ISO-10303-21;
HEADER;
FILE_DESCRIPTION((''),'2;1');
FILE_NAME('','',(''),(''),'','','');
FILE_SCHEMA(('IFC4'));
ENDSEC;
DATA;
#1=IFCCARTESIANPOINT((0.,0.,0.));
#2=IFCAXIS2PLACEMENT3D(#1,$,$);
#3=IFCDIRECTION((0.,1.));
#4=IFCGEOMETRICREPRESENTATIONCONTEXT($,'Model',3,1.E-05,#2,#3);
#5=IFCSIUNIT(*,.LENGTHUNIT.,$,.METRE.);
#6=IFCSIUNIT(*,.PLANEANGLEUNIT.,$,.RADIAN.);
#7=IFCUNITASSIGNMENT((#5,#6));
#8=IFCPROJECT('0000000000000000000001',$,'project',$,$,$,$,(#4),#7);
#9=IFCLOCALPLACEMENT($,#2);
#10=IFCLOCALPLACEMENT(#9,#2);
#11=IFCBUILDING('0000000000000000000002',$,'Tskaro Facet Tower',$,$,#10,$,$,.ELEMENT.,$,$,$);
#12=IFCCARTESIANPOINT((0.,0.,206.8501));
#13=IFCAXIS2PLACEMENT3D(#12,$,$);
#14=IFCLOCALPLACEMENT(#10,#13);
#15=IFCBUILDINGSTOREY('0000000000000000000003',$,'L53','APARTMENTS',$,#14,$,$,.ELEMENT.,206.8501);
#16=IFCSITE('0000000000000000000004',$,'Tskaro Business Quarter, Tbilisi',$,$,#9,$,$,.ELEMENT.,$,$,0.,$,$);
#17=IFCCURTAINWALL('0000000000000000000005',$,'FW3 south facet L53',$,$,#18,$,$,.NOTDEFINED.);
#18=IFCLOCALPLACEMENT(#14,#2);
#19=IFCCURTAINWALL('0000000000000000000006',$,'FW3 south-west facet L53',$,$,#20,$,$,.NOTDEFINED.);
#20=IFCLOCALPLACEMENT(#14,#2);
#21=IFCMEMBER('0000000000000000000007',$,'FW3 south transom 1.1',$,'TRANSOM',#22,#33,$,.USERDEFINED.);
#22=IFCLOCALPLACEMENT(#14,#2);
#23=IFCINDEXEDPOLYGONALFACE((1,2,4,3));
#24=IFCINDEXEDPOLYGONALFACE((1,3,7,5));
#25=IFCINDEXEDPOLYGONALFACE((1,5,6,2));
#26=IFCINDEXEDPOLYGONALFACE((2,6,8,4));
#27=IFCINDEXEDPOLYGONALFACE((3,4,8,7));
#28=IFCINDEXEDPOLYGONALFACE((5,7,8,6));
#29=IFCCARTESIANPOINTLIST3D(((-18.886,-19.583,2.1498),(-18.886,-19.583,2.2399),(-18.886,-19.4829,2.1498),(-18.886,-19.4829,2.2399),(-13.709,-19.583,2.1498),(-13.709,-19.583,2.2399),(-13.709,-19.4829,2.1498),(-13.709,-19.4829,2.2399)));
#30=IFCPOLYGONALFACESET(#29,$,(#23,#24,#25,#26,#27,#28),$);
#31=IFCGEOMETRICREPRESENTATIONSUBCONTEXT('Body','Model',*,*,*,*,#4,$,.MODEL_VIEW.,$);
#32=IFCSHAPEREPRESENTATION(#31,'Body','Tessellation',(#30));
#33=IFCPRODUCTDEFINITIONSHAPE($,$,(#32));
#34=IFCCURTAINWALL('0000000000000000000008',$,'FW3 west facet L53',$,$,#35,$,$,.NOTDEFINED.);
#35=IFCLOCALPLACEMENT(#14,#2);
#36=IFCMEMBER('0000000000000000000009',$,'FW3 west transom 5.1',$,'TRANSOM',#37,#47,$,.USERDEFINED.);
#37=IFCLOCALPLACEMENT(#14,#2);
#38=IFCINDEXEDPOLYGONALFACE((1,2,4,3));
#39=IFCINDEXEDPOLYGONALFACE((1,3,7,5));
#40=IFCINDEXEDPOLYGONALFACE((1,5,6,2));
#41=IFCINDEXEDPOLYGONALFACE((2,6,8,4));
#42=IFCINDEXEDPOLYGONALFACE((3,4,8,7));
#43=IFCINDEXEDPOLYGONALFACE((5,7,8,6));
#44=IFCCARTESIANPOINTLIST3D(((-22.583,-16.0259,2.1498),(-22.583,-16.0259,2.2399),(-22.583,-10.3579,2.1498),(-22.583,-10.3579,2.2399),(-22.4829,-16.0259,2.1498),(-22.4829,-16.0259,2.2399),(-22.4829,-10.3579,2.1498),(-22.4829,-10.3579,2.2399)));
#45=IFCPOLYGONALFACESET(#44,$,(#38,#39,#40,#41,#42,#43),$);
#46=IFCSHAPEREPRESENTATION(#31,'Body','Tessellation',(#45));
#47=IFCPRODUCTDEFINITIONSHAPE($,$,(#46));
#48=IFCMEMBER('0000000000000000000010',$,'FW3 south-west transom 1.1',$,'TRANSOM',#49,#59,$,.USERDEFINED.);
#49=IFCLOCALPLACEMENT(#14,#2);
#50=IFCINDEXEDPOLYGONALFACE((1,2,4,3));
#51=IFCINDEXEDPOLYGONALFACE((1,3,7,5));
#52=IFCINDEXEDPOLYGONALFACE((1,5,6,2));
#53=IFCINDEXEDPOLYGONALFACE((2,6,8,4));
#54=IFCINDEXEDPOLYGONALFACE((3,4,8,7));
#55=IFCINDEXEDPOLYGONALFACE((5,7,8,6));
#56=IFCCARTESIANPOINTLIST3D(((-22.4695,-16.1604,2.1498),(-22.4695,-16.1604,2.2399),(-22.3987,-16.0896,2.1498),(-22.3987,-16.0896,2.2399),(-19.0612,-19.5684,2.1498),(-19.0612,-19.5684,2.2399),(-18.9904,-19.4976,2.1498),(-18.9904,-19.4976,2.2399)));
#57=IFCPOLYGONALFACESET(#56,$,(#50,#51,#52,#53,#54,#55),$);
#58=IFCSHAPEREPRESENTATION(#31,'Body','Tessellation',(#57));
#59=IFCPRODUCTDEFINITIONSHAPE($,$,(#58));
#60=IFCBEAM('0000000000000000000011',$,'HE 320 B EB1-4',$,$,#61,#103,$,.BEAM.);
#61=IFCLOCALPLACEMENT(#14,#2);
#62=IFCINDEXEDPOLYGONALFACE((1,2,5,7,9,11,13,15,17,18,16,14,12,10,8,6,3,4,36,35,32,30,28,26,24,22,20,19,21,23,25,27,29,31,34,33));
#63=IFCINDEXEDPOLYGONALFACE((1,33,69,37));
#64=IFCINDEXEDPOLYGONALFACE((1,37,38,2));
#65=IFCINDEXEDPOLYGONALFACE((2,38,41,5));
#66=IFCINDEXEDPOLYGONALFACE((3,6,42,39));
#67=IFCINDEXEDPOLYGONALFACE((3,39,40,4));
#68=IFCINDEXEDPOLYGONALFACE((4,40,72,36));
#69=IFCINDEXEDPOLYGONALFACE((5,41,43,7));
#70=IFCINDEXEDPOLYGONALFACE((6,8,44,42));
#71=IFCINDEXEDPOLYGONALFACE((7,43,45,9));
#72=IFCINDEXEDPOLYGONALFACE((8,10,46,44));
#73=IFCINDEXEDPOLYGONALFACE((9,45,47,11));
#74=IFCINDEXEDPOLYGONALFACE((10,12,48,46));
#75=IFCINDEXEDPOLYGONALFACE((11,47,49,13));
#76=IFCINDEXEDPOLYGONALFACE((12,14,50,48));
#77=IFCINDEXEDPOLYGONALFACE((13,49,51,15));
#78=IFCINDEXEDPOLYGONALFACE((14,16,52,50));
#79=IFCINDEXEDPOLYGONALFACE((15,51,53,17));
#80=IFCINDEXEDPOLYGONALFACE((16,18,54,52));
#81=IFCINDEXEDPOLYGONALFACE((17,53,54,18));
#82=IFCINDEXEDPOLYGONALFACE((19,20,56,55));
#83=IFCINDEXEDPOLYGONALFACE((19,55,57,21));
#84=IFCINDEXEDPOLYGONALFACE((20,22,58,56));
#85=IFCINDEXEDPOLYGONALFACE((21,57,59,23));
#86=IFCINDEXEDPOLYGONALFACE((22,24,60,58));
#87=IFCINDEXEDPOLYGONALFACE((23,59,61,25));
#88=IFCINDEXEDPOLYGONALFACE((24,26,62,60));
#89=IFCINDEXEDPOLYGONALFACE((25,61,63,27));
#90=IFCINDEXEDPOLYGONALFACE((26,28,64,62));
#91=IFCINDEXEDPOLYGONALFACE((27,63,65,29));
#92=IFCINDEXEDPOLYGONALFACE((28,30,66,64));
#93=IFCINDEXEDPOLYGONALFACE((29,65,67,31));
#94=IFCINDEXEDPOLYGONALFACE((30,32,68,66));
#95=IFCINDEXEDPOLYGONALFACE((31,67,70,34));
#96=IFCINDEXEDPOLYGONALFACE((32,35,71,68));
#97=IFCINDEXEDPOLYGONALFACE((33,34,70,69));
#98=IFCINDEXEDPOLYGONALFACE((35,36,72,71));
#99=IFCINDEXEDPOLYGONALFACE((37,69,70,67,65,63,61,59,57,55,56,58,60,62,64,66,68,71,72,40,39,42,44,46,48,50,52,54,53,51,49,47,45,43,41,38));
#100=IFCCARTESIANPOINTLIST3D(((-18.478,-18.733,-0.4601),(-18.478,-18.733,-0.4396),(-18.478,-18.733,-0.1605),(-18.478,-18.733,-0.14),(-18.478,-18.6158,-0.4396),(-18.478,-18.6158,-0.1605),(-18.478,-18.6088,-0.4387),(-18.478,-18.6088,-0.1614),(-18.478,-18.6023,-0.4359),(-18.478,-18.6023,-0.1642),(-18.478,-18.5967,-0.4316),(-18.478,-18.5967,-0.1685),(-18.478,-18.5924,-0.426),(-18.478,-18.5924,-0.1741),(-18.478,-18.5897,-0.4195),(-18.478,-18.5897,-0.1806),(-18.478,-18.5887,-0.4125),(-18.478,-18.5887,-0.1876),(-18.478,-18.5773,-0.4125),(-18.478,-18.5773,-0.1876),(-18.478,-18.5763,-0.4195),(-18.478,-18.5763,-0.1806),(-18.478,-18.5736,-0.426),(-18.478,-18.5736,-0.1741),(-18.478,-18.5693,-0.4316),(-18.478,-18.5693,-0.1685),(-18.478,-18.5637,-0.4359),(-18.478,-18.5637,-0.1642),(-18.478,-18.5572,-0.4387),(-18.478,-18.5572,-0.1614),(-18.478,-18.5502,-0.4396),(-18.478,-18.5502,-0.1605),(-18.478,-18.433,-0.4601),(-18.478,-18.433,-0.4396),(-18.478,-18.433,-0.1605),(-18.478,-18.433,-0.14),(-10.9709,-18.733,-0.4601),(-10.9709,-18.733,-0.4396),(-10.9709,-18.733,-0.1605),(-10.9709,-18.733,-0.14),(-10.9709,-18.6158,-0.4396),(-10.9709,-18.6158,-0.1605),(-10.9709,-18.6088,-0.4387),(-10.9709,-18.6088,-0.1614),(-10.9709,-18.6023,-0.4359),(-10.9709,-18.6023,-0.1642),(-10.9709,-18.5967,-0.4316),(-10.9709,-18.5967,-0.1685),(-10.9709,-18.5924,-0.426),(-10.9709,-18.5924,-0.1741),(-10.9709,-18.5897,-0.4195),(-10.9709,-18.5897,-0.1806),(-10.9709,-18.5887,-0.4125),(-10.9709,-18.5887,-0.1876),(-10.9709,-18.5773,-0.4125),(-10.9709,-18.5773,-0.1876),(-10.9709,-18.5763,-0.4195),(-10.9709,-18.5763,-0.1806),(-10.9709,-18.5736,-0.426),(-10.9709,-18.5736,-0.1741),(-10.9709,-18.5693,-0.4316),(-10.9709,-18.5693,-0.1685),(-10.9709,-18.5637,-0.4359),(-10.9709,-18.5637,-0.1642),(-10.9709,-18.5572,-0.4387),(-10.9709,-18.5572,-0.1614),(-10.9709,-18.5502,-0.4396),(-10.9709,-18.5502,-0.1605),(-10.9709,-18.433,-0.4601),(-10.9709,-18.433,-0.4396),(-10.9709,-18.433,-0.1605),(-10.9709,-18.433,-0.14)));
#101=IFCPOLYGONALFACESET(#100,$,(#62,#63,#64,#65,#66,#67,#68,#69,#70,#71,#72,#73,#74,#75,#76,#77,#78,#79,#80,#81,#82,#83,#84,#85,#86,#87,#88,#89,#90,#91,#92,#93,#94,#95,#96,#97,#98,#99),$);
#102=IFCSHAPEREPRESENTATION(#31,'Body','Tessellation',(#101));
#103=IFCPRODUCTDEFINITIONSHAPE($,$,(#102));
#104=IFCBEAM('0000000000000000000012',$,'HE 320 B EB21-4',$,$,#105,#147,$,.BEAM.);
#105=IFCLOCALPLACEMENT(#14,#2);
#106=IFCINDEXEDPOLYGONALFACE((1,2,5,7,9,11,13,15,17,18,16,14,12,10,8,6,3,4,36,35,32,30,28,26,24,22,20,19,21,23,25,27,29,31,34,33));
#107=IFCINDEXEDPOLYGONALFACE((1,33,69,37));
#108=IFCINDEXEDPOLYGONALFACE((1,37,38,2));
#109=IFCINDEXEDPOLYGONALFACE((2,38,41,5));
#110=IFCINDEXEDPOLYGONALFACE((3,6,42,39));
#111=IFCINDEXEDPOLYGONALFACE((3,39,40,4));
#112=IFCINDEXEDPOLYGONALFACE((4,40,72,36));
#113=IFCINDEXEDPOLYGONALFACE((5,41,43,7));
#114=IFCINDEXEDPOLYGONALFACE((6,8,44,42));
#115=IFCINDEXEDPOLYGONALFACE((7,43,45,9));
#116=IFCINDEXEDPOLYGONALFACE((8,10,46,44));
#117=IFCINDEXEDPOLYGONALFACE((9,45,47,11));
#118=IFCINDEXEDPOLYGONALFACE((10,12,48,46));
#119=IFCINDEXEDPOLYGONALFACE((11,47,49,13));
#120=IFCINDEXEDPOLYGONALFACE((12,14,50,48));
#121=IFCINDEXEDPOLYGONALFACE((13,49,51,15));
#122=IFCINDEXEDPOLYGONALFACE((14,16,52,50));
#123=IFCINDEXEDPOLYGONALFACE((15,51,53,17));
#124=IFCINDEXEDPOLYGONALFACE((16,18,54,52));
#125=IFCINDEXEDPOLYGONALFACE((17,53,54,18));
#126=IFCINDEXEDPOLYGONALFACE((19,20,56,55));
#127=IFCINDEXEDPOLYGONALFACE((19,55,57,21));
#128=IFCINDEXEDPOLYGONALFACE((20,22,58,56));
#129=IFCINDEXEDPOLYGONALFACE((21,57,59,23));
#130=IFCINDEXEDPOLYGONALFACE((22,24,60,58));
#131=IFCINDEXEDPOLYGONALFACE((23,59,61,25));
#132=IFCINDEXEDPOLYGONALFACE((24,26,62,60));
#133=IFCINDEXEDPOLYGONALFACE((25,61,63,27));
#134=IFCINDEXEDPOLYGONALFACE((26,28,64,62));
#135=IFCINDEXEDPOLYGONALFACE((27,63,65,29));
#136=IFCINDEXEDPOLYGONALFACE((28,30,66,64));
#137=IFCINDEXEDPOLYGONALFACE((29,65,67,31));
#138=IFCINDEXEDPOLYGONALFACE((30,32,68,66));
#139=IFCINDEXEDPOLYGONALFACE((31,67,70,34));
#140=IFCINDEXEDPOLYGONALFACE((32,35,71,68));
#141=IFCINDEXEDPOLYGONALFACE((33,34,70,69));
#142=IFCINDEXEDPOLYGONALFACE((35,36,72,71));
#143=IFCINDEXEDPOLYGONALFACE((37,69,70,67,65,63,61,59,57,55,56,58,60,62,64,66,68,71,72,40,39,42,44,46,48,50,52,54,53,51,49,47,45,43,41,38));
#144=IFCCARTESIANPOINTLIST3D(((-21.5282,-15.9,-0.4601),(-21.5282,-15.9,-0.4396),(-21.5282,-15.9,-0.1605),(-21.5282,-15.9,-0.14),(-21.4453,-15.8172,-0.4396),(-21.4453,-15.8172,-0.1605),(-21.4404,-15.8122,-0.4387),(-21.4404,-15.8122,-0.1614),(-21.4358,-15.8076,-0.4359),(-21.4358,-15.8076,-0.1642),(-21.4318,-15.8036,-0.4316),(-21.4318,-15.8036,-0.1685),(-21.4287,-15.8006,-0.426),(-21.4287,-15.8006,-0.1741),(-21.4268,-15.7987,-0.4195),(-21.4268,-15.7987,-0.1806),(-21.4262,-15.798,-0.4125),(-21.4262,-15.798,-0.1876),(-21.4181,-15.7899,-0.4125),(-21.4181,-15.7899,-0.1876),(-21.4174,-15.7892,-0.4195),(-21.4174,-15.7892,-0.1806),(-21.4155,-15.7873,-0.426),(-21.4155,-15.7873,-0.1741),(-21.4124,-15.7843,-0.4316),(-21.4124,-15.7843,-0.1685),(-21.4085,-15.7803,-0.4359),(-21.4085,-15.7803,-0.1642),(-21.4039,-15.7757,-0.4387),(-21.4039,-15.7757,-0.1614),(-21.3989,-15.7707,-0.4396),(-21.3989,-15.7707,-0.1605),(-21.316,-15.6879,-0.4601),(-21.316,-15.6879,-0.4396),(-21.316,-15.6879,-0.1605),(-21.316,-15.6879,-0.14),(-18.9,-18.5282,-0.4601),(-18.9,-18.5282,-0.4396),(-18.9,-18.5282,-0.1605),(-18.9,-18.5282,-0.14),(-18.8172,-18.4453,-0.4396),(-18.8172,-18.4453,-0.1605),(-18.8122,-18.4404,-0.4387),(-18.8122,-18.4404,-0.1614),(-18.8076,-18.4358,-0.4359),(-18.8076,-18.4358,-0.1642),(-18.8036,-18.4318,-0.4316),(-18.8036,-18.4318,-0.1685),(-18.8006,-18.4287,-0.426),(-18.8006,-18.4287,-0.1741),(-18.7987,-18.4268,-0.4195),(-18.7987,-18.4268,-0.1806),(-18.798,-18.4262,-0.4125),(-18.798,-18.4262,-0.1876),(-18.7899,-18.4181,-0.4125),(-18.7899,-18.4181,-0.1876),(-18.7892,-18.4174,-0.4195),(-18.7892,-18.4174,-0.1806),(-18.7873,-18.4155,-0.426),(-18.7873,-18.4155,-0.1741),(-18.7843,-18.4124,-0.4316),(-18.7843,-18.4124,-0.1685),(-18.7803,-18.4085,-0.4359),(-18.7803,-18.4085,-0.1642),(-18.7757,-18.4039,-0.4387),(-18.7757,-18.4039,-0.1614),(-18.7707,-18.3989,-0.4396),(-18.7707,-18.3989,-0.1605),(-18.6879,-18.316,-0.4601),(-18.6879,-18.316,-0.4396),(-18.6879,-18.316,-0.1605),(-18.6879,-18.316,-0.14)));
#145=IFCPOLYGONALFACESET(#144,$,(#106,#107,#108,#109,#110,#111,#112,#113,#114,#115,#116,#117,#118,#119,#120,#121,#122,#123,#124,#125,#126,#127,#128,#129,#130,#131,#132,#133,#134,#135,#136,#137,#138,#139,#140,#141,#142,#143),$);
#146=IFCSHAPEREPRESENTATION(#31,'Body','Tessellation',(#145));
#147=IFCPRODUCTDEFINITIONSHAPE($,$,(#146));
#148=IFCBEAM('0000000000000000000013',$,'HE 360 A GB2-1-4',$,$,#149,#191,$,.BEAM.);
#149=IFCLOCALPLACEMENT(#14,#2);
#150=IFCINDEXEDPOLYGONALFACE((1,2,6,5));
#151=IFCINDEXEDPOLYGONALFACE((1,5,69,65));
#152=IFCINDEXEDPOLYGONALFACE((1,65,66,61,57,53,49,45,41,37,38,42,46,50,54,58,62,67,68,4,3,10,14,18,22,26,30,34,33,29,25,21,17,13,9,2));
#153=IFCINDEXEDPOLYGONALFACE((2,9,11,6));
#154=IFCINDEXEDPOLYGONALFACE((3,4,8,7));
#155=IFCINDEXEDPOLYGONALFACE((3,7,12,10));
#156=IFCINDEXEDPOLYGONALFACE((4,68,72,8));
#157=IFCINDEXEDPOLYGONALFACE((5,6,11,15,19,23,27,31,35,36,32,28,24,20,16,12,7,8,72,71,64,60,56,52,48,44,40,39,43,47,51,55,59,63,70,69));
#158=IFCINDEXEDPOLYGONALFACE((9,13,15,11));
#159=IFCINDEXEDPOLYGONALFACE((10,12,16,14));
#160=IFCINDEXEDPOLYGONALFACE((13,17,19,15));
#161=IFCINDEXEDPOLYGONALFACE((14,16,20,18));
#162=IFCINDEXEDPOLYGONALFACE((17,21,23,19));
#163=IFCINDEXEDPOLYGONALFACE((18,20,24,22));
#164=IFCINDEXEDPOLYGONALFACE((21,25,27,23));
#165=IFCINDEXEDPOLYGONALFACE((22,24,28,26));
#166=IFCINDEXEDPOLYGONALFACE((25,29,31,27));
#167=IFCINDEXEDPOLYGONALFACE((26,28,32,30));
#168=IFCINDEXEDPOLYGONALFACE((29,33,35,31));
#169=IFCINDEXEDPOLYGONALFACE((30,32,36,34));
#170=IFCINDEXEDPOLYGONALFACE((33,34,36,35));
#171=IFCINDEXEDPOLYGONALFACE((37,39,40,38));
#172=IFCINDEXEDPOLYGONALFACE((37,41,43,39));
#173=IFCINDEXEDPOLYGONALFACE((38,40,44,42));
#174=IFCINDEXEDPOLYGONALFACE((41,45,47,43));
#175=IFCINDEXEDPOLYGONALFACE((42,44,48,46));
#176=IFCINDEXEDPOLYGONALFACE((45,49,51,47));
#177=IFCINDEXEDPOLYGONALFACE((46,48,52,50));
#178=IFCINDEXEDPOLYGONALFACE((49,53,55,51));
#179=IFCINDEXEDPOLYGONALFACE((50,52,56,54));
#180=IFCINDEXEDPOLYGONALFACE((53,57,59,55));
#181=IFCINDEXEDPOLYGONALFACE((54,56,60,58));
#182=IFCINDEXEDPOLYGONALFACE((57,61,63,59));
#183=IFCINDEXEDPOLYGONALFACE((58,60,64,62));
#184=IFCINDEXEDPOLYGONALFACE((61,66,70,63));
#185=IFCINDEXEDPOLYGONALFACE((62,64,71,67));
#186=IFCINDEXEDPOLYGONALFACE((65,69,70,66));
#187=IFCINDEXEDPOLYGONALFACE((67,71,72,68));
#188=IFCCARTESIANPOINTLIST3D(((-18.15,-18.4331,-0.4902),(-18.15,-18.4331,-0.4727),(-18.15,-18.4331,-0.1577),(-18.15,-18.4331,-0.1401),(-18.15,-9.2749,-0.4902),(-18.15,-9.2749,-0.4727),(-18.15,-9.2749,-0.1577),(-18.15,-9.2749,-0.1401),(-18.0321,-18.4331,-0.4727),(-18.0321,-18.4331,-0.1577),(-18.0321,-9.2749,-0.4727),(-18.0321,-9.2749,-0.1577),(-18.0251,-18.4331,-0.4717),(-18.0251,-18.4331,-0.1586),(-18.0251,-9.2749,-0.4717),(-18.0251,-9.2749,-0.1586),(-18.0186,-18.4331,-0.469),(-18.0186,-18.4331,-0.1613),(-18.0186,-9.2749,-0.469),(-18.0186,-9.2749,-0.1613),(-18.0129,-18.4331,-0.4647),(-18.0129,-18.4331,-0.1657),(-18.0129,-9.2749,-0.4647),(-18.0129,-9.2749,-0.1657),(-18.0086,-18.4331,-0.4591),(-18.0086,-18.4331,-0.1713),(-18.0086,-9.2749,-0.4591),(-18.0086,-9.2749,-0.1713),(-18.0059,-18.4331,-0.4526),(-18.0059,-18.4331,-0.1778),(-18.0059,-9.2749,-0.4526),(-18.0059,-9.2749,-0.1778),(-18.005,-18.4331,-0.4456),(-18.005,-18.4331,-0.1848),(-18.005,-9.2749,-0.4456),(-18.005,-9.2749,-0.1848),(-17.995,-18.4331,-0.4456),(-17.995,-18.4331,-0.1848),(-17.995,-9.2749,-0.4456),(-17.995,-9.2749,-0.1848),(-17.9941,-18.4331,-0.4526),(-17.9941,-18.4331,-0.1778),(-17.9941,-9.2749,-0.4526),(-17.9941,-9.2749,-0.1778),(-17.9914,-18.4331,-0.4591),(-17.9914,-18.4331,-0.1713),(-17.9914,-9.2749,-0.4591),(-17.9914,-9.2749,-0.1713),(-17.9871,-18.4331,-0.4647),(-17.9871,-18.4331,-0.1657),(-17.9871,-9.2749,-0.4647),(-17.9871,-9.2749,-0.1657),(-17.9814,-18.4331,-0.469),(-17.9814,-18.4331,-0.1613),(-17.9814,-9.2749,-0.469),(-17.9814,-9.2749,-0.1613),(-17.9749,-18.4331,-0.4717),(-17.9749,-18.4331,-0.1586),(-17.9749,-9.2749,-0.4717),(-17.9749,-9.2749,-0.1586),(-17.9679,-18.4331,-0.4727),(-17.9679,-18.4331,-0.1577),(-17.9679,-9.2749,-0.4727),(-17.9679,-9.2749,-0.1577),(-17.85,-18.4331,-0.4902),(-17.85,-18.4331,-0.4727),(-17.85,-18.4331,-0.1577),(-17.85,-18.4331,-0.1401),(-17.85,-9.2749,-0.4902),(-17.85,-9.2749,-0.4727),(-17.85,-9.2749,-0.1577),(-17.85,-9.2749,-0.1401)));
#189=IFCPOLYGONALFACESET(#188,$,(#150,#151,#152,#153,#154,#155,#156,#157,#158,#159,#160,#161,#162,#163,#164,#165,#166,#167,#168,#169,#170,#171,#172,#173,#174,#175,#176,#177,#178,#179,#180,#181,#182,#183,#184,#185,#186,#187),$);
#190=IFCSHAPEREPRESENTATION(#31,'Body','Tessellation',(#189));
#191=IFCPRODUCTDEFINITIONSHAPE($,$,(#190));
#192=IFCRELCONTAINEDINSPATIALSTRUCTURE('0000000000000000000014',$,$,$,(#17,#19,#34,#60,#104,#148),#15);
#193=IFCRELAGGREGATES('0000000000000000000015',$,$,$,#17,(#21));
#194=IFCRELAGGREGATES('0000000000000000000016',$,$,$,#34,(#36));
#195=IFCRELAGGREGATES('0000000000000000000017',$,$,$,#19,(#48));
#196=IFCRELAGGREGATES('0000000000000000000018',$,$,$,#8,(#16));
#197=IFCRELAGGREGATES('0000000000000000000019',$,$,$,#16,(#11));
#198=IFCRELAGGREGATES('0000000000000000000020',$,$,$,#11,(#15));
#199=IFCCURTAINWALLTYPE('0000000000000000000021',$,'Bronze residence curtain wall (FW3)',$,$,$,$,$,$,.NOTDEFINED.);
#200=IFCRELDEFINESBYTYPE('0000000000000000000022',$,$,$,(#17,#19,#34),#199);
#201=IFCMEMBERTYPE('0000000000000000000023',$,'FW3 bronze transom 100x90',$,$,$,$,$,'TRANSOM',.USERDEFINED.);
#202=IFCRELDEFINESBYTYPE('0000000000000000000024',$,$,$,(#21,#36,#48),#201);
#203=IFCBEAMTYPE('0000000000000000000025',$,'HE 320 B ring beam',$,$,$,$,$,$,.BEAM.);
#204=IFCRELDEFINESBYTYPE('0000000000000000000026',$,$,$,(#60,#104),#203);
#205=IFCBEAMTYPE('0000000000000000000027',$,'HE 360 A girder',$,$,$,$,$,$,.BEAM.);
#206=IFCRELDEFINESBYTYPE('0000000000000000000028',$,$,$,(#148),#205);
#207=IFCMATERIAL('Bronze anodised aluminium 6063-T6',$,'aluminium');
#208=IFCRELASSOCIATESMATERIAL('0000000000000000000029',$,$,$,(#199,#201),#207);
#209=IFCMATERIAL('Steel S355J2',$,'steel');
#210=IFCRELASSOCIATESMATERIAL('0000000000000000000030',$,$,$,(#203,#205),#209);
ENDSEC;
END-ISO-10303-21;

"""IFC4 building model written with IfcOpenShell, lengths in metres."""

from ifc_helpers import new_model, si_unit, direction, frame, origin, origin_2d, place, context, subcontext, project, spatial, rectangle, i_section, extrude, material, material_profile, profile_set, type_object, element, aggregate, save


model = new_model("IFC4")

# Units and contexts
model_context = context("Model", 3, precision=1e-05, world=origin(), true_north=direction((0.0, 1.0)))
body_context = subcontext(model_context, "Body", "Model", "MODEL_VIEW")
ifc_project = project(units=[si_unit("LENGTHUNIT", "METRE"), si_unit("PLANEANGLEUNIT", "RADIAN")], contexts=[model_context])

# Site, building, storey
site_placement = place(None, origin())
site = spatial("IfcSite", under=ifc_project, at=site_placement, Name="Tskaro Business Quarter, Tbilisi", CompositionType="ELEMENT", RefElevation=0.0)
building_placement = place(site_placement, origin())
building = spatial("IfcBuilding", under=site, at=building_placement, Name="Tskaro Facet Tower", CompositionType="ELEMENT")
storey_placement = place(building_placement, frame((0.0, 0.0, 206.8501)))
storey = spatial("IfcBuildingStorey", under=building, at=storey_placement, Name="L53", Description="APARTMENTS", CompositionType="ELEMENT", Elevation=206.8501)

# Curtain walls
ifc_material_1 = material(Name="Bronze anodised aluminium 6063-T6", Category="aluminium")
curtain_wall_type = type_object("IfcCurtainWallType", Name="Bronze residence curtain wall (FW3)", PredefinedType="NOTDEFINED", material=ifc_material_1)
curtain_wall_1_placement = place(storey_placement, origin())
curtain_wall_1 = element("IfcCurtainWall", 1, at=curtain_wall_1_placement, inside=storey, type_object=curtain_wall_type, Name="FW3 south facet L53", PredefinedType="NOTDEFINED")
curtain_wall_2_placement = place(storey_placement, origin())
curtain_wall_2 = element("IfcCurtainWall", 2, at=curtain_wall_2_placement, inside=storey, type_object=curtain_wall_type, Name="FW3 south-west facet L53", PredefinedType="NOTDEFINED")

# Member
ifc_material_profile_1 = material_profile(ifc_material_1, rectangle(XDim=0.1001, YDim=0.0901, at=origin_2d()), Name="Transom 100x90")
ifc_profile_set_1 = profile_set([ifc_material_profile_1], Name="Bronze anodised aluminium 6063-T6")
member_type_1 = type_object("IfcMemberType", Name="FW3 bronze transom 100x90", ElementType="TRANSOM", PredefinedType="USERDEFINED", material=ifc_profile_set_1)
member_1_placement = place(storey_placement, frame((-18.886, -19.533, 2.1948), z_axis=(1.0, 0.0, 0.0), x_axis=(0.0, 1.0, 0.0)))
member_1 = element("IfcMember", 3, at=member_1_placement, type_object=member_type_1, Name="FW3 south transom 1.1", ObjectType="TRANSOM", PredefinedType="USERDEFINED", context=body_context, shape_type="SweptSolid", body=[
    extrude(rectangle(XDim=0.1001, YDim=0.0901, at=origin_2d()), origin(), (0.0, 0.0, 1.0), 5.177),
])
aggregate(curtain_wall_1, [member_1])

# Curtain wall, member
curtain_wall_3_placement = place(storey_placement, origin())
curtain_wall_3 = element("IfcCurtainWall", 4, at=curtain_wall_3_placement, inside=storey, type_object=curtain_wall_type, Name="FW3 west facet L53", PredefinedType="NOTDEFINED")
member_2_placement = place(storey_placement, frame((-22.533, -10.3579, 2.1948), z_axis=(0.0, -1.0, 0.0), x_axis=(1.0, 0.0, 0.0)))
member_2 = element("IfcMember", 5, at=member_2_placement, type_object=member_type_1, Name="FW3 west transom 5.1", ObjectType="TRANSOM", PredefinedType="USERDEFINED", context=body_context, shape_type="SweptSolid", body=[
    extrude(rectangle(XDim=0.1001, YDim=0.0901, at=origin_2d()), origin(), (0.0, 0.0, 1.0), 5.668),
])

# Member
member_3_placement = place(storey_placement, frame((-22.4341, -16.125, 2.1948), z_axis=(0.707132, -0.707081, 0.0), x_axis=(0.707081, 0.707132, 0.0)))
member_3 = element("IfcMember", 6, at=member_3_placement, type_object=member_type_1, Name="FW3 south-west transom 1.1", ObjectType="TRANSOM", PredefinedType="USERDEFINED", context=body_context, shape_type="SweptSolid", body=[
    extrude(rectangle(XDim=0.1001, YDim=0.0901, at=origin_2d()), origin(), (0.0, 0.0, 1.0), 4.8198),
])

# Beams
ifc_material_2 = material(Name="Steel S355J2", Category="steel")
ifc_material_profile_2 = material_profile(ifc_material_2, i_section(OverallWidth=0.3, OverallDepth=0.3201, WebThickness=0.0115, FlangeThickness=0.0205, FilletRadius=0.0271, at=origin_2d()), Name="HE 320 B")
ifc_profile_set_2 = profile_set([ifc_material_profile_2], Name="Steel S355J2")
beam_type_1 = type_object("IfcBeamType", Name="HE 320 B ring beam", PredefinedType="BEAM", material=ifc_profile_set_2)
beam_1_placement = place(storey_placement, frame((-18.478, -18.583, -0.3), z_axis=(1.0, 0.0, 0.0), x_axis=(0.0, 1.0, 0.0)))
element("IfcBeam", 7, at=beam_1_placement, inside=storey, type_object=beam_type_1, Name="HE 320 B EB1-4", PredefinedType="BEAM", context=body_context, shape_type="SweptSolid", body=[
    extrude(i_section(OverallWidth=0.3, OverallDepth=0.3201, WebThickness=0.0115, FlangeThickness=0.0205, FilletRadius=0.0271, at=origin_2d()), origin(), (0.0, 0.0, 1.0), 7.5071),
])
beam_2_placement = place(storey_placement, frame((-21.4221, -15.7939, -0.3), z_axis=(0.707107, -0.707107, 0.0), x_axis=(0.707107, 0.707107, 0.0)))
element("IfcBeam", 8, at=beam_2_placement, inside=storey, type_object=beam_type_1, Name="HE 320 B EB21-4", PredefinedType="BEAM", context=body_context, shape_type="SweptSolid", body=[
    extrude(i_section(OverallWidth=0.3, OverallDepth=0.3201, WebThickness=0.0115, FlangeThickness=0.0205, FilletRadius=0.0271, at=origin_2d()), origin(), (0.0, 0.0, 1.0), 3.7168),
])
ifc_material_profile_3 = material_profile(ifc_material_2, i_section(OverallWidth=0.3, OverallDepth=0.3501, WebThickness=0.01, FlangeThickness=0.0176, FilletRadius=0.0271, at=origin_2d()), Name="HE 360 A")
ifc_profile_set_3 = profile_set([ifc_material_profile_3], Name="Steel S355J2")
beam_type_2 = type_object("IfcBeamType", Name="HE 360 A girder", PredefinedType="BEAM", material=ifc_profile_set_3)
beam_3_placement = place(storey_placement, frame((-18.0, -18.4331, -0.3152), z_axis=(0.0, 1.0, 0.0), x_axis=(-1.0, 0.0, 0.0)))
element("IfcBeam", 9, at=beam_3_placement, inside=storey, type_object=beam_type_2, Name="HE 360 A GB2-1-4", PredefinedType="BEAM", context=body_context, shape_type="SweptSolid", body=[
    extrude(i_section(OverallWidth=0.3, OverallDepth=0.3501, WebThickness=0.01, FlangeThickness=0.0176, FilletRadius=0.0271, at=origin_2d()), origin(), (0.0, 0.0, 1.0), 9.1582),
])

aggregate(curtain_wall_3, [member_2])
aggregate(curtain_wall_2, [member_3])

save(model, "model.ifc")
